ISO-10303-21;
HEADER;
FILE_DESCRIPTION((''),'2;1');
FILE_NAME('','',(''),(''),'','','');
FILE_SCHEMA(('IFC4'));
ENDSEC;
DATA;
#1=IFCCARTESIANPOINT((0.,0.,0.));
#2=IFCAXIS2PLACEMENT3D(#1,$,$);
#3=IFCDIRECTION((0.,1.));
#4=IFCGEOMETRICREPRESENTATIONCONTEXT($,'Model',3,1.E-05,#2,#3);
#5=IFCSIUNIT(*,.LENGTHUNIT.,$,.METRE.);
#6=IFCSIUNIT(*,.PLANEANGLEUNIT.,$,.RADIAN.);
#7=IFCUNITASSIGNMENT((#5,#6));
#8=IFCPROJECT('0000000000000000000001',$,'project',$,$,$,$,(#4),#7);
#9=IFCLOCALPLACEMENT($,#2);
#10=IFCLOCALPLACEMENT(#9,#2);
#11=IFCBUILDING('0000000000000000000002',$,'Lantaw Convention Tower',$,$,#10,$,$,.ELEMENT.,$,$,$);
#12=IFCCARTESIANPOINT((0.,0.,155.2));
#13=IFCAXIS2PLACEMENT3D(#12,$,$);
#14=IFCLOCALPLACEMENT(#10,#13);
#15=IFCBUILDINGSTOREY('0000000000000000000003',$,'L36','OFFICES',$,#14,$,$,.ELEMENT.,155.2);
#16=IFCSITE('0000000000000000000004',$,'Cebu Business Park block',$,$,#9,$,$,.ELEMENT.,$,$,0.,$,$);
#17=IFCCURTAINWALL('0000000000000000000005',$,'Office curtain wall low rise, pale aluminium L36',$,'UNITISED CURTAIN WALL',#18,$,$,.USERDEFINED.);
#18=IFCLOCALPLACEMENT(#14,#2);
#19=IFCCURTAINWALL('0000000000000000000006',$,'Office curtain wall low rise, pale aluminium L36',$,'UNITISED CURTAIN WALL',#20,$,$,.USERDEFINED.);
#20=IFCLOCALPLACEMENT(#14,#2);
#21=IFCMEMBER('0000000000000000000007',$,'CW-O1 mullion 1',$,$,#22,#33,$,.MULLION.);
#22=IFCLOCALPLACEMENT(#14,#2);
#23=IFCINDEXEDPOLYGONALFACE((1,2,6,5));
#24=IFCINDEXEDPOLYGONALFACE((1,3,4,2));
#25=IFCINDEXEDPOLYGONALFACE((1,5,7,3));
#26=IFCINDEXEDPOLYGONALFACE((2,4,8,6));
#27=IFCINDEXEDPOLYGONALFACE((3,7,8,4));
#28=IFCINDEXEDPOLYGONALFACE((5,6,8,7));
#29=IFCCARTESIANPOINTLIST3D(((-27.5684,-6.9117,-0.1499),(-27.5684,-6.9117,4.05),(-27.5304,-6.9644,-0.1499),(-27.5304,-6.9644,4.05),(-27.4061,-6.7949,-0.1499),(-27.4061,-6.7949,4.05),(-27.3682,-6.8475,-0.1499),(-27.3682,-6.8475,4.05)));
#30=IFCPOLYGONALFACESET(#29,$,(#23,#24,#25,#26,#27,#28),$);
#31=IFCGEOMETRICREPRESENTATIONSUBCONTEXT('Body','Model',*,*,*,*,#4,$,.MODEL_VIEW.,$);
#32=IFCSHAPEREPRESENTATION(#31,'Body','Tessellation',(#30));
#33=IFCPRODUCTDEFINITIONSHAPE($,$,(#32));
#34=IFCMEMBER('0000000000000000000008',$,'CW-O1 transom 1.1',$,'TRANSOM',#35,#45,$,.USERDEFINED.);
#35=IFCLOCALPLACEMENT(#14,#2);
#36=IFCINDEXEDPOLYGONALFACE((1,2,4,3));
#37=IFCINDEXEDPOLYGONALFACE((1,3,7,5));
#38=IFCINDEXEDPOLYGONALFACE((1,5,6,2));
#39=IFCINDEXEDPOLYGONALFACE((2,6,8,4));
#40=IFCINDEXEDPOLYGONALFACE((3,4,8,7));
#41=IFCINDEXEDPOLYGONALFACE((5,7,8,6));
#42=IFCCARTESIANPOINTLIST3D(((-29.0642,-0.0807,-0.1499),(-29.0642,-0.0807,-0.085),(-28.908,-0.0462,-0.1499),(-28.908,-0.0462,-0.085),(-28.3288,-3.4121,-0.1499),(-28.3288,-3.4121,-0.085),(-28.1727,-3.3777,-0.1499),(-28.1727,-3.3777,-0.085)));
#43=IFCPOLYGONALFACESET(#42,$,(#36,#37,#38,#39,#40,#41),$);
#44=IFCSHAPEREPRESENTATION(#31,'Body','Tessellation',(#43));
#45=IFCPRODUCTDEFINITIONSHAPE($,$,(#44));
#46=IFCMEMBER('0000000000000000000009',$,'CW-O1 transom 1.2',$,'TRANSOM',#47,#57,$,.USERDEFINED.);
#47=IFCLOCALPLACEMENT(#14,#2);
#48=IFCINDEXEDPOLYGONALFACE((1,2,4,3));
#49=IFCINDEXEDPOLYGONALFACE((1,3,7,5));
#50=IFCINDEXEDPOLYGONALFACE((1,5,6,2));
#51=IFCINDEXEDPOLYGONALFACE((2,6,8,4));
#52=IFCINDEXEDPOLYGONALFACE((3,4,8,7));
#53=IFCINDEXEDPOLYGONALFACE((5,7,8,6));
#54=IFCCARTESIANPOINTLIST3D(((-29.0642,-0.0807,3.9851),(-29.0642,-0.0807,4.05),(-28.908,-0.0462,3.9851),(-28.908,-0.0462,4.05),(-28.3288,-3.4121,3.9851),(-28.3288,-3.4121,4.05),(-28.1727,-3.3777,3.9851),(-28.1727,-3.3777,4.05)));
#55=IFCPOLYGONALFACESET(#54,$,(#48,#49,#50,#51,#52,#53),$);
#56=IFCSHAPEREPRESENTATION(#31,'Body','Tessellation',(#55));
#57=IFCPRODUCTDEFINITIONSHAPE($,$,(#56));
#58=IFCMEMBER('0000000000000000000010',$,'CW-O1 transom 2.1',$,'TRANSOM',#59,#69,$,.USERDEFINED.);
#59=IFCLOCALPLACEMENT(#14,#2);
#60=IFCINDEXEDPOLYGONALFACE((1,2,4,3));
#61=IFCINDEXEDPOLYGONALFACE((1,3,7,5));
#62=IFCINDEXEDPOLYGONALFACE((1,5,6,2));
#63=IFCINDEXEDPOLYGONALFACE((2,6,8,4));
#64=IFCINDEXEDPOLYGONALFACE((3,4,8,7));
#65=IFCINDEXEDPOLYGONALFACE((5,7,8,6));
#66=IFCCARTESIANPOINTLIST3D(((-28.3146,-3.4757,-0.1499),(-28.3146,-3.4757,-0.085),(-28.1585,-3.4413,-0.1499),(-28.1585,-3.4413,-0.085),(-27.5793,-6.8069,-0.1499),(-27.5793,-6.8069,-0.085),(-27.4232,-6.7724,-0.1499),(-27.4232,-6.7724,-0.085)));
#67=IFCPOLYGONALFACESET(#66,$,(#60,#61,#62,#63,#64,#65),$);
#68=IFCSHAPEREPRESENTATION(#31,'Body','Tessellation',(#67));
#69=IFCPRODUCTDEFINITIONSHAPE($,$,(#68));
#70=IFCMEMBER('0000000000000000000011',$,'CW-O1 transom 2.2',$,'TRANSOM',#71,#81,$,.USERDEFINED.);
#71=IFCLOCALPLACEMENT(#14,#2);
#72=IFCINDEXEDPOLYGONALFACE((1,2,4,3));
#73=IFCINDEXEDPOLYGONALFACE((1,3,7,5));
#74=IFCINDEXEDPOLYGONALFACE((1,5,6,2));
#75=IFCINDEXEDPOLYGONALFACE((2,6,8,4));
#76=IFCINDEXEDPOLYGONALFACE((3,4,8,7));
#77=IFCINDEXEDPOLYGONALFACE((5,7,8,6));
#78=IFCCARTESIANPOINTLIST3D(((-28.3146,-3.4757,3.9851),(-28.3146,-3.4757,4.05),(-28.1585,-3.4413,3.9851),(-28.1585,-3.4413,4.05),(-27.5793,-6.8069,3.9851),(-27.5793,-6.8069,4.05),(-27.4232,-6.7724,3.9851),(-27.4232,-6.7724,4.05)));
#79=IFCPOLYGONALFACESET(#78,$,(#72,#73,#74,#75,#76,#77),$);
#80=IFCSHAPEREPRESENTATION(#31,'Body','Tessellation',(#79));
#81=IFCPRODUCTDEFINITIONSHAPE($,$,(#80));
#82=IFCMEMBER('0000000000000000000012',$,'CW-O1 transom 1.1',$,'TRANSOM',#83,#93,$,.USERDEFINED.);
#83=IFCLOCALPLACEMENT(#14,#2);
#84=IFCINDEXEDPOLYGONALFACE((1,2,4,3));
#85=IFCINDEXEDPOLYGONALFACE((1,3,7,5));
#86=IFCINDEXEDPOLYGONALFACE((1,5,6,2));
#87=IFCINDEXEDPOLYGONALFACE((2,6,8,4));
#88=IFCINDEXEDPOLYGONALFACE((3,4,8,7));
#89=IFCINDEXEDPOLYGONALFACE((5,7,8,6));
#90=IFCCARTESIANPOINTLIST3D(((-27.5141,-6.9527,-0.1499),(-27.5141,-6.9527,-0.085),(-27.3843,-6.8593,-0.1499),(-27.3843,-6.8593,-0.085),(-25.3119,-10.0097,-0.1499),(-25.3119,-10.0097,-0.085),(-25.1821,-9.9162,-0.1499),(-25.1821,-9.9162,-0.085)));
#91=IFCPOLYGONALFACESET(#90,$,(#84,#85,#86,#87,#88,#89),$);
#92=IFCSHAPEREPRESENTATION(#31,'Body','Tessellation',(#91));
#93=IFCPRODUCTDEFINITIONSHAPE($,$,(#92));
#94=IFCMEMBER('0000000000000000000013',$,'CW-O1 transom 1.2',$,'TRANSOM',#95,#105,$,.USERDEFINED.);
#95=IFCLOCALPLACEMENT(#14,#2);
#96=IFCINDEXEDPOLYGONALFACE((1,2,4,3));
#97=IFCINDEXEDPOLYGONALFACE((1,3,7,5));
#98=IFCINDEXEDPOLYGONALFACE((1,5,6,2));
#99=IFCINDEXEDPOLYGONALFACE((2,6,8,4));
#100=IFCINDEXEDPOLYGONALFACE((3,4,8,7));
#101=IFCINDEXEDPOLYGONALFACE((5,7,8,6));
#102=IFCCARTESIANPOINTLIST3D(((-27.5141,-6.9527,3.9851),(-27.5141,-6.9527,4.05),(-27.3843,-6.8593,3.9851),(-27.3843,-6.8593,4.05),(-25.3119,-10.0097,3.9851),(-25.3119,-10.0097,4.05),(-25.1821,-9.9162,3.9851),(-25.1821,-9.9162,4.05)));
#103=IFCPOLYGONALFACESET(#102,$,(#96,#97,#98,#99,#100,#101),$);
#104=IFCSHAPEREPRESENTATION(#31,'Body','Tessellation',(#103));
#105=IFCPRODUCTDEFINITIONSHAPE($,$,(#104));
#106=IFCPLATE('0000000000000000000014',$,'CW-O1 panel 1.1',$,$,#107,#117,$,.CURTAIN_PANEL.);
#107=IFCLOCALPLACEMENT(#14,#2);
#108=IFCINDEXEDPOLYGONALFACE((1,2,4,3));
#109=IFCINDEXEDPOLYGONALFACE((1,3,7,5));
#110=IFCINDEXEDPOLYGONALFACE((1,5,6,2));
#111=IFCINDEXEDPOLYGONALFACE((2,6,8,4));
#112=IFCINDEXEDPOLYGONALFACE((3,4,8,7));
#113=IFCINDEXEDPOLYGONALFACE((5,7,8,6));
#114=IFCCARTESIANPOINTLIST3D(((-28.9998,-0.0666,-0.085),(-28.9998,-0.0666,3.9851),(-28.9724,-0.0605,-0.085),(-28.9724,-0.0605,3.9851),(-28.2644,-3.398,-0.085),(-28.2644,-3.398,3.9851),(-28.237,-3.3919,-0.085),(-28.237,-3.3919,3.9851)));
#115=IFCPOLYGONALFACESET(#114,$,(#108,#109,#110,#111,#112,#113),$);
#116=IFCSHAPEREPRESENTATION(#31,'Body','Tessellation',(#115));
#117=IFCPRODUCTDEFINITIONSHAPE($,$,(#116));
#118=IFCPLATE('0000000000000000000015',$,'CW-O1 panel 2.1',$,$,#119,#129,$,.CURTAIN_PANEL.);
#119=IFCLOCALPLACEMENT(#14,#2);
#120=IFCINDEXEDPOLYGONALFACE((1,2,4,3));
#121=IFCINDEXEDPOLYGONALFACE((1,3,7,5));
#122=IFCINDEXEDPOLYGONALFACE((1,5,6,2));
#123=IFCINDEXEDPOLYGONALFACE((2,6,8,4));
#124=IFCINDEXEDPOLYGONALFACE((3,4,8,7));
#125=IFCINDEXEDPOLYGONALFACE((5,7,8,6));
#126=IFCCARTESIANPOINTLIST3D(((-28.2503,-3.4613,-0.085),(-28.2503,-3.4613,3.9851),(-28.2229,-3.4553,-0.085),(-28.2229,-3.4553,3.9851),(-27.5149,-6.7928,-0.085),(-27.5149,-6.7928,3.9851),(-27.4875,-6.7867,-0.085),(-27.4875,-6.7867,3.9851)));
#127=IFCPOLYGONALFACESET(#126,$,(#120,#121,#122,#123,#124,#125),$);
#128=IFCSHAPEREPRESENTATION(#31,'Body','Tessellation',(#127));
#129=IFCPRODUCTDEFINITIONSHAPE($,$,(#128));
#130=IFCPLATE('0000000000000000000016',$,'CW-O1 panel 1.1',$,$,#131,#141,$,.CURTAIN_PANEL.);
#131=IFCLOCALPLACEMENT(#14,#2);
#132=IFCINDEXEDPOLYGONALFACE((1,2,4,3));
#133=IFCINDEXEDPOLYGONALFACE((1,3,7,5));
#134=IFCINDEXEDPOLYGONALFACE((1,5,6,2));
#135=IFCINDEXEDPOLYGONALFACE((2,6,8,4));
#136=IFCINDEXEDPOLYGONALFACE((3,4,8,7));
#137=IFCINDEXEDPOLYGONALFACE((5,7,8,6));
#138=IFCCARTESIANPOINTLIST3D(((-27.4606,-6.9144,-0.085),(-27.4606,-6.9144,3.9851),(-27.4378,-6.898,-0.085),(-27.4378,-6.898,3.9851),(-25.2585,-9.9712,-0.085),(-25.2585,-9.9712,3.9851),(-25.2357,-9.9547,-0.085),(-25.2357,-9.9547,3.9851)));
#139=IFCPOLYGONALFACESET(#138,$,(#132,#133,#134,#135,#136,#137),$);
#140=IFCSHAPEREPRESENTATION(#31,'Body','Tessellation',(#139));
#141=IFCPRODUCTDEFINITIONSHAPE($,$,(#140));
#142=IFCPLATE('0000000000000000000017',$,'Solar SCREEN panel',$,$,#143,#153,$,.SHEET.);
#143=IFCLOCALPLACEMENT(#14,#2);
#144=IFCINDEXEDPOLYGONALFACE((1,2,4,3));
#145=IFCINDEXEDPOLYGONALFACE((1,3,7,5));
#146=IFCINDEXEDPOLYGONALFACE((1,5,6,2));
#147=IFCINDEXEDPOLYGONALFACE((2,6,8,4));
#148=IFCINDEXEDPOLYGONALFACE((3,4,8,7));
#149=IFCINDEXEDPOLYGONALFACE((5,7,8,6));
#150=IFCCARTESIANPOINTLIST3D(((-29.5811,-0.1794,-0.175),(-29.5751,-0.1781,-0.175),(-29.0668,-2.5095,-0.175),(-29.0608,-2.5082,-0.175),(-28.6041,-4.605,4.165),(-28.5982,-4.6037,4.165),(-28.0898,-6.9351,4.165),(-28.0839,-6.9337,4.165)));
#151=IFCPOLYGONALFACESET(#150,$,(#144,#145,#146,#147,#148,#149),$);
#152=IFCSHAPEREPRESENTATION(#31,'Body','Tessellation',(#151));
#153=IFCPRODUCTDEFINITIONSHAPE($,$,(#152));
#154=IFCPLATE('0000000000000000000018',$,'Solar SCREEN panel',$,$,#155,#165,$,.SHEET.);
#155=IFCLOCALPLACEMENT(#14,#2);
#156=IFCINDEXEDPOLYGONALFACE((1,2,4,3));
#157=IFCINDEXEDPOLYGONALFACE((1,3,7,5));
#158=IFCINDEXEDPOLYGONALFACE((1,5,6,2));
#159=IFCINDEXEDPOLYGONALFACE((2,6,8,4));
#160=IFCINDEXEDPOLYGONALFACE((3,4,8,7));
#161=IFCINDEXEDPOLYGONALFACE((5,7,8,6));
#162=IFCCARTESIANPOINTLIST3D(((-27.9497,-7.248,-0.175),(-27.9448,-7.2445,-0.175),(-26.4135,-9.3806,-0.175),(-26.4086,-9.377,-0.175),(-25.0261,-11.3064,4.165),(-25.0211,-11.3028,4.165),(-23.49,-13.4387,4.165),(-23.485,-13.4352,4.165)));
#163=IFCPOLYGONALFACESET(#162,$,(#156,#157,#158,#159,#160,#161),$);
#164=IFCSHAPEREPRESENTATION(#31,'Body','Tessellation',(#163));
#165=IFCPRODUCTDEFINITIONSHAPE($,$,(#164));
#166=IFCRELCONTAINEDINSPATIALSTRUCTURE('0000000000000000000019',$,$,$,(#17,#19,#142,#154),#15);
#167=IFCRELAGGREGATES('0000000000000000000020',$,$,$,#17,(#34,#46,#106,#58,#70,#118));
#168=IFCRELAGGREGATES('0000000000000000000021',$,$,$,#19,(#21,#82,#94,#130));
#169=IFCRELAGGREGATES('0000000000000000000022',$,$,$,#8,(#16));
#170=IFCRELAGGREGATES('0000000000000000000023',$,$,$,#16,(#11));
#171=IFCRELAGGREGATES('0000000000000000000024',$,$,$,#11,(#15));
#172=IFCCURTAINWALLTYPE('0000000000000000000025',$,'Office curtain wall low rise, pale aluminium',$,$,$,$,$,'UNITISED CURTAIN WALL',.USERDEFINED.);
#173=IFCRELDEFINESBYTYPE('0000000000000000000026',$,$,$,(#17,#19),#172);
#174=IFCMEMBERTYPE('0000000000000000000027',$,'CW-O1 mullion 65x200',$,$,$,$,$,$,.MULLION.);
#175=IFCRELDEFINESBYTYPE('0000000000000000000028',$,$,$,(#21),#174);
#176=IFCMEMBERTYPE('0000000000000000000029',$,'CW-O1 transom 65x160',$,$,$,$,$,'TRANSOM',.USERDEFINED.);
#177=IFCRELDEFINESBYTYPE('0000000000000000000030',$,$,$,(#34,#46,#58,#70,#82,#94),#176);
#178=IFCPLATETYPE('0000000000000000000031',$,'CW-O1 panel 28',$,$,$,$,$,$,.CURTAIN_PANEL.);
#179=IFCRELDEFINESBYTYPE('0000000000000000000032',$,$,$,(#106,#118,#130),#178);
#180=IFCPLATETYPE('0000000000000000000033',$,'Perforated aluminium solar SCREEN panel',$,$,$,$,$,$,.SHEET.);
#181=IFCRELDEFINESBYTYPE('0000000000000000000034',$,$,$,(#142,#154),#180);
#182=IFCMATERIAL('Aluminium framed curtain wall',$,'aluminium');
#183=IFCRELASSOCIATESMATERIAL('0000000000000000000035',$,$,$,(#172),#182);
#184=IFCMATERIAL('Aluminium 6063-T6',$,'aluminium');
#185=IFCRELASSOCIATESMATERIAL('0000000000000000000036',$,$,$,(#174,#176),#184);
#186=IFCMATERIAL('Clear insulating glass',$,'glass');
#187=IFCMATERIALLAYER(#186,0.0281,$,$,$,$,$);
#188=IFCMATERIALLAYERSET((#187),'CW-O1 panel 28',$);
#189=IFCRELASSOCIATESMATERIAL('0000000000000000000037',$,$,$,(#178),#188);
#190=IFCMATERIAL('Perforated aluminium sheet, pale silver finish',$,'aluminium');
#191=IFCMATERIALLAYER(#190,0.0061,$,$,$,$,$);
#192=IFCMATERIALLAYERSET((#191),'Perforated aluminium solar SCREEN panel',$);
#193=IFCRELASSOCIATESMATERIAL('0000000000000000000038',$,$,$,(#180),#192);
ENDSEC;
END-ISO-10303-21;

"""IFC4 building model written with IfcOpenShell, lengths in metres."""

from ifc_helpers import new_model, si_unit, direction, frame, origin, origin_2d, place, context, subcontext, project, spatial, polyline, rectangle, outline, extrude, material, layer, layer_set, material_profile, profile_set, type_object, element, aggregate, save


model = new_model("IFC4")

# Units and contexts
model_context = context("Model", 3, precision=1e-05, world=origin(), true_north=direction((0.0, 1.0)))
body_context = subcontext(model_context, "Body", "Model", "MODEL_VIEW")
ifc_project = project(units=[si_unit("LENGTHUNIT", "METRE"), si_unit("PLANEANGLEUNIT", "RADIAN")], contexts=[model_context])

# Site, building, storey
site_placement = place(None, origin())
site = spatial("IfcSite", under=ifc_project, at=site_placement, Name="Cebu Business Park block", CompositionType="ELEMENT", RefElevation=0.0)
building_placement = place(site_placement, origin())
building = spatial("IfcBuilding", under=site, at=building_placement, Name="Lantaw Convention Tower", CompositionType="ELEMENT")
storey_placement = place(building_placement, frame((0.0, 0.0, 155.2)))
storey = spatial("IfcBuildingStorey", under=building, at=storey_placement, Name="L36", Description="OFFICES", CompositionType="ELEMENT", Elevation=155.2)

# Curtain wall
ifc_material_1 = material(Name="Aluminium framed curtain wall", Category="aluminium")
curtain_wall_type = type_object("IfcCurtainWallType", Name="Office curtain wall low rise, pale aluminium", ElementType="UNITISED CURTAIN WALL", PredefinedType="USERDEFINED", material=ifc_material_1)
curtain_wall_1_placement = place(storey_placement, origin())
curtain_wall_1 = element("IfcCurtainWall", 1, at=curtain_wall_1_placement, inside=storey, type_object=curtain_wall_type, Name="Office curtain wall low rise, pale aluminium L36", ObjectType="UNITISED CURTAIN WALL", PredefinedType="USERDEFINED")
ifc_material_2 = material(Name="Aluminium 6063-T6", Category="aluminium")
ifc_material_profile_1 = material_profile(ifc_material_2, rectangle(XDim=0.2, YDim=0.0649, at=origin_2d()), Name="CW-O1 mullion 65x200")
ifc_profile_set_1 = profile_set([ifc_material_profile_1], Name="Aluminium 6063-T6")
member_type_1 = type_object("IfcMemberType", Name="CW-O1 mullion 65x200", PredefinedType="MULLION", material=ifc_profile_set_1)

# Curtain wall, member
curtain_wall_2_placement = place(storey_placement, origin())
curtain_wall_2 = element("IfcCurtainWall", 2, at=curtain_wall_2_placement, inside=storey, type_object=curtain_wall_type, Name="Office curtain wall low rise, pale aluminium L36", ObjectType="UNITISED CURTAIN WALL", PredefinedType="USERDEFINED")
member_1_placement = place(storey_placement, frame((-27.4683, -6.8796, -0.1499), z_axis=(0.0, 0.0, 1.0), x_axis=(0.811385, 0.584513, 0.0)))
member_1 = element("IfcMember", 3, at=member_1_placement, type_object=member_type_1, Name="CW-O1 mullion 1", PredefinedType="MULLION", context=body_context, shape_type="SweptSolid", body=[
    extrude(rectangle(XDim=0.2, YDim=0.0649, at=origin_2d()), origin(), (0.0, 0.0, 1.0), 4.2),
])

# Members
ifc_material_profile_2 = material_profile(ifc_material_2, rectangle(XDim=0.1599, YDim=0.0649, at=origin_2d()), Name="CW-O1 transom 65x160")
ifc_profile_set_2 = profile_set([ifc_material_profile_2], Name="Aluminium 6063-T6")
member_type_2 = type_object("IfcMemberType", Name="CW-O1 transom 65x160", ElementType="TRANSOM", PredefinedType="USERDEFINED", material=ifc_profile_set_2)
member_2_placement = place(storey_placement, frame((-28.9861, -0.0635, -0.1174), z_axis=(0.215536, -0.976496, 0.0), x_axis=(0.976496, 0.215536, 0.0)))
member_2 = element("IfcMember", 4, at=member_2_placement, type_object=member_type_2, Name="CW-O1 transom 1.1", ObjectType="TRANSOM", PredefinedType="USERDEFINED", context=body_context, shape_type="SweptSolid", body=[
    extrude(rectangle(XDim=0.1599, YDim=0.0649, at=origin_2d()), origin(), (0.0, 0.0, 1.0), 3.4116),
])
member_3_placement = place(storey_placement, frame((-28.9861, -0.0635, 4.0176), z_axis=(0.215536, -0.976496, 0.0), x_axis=(0.976496, 0.215536, 0.0)))
member_3 = element("IfcMember", 5, at=member_3_placement, type_object=member_type_2, Name="CW-O1 transom 1.2", ObjectType="TRANSOM", PredefinedType="USERDEFINED", context=body_context, shape_type="SweptSolid", body=[
    extrude(rectangle(XDim=0.1599, YDim=0.0649, at=origin_2d()), origin(), (0.0, 0.0, 1.0), 3.4116),
])
member_4_placement = place(storey_placement, frame((-28.2366, -3.4585, -0.1174), z_axis=(0.215551, -0.976493, 0.0), x_axis=(0.976493, 0.215551, 0.0)))
member_4 = element("IfcMember", 6, at=member_4_placement, type_object=member_type_2, Name="CW-O1 transom 2.1", ObjectType="TRANSOM", PredefinedType="USERDEFINED", context=body_context, shape_type="SweptSolid", body=[
    extrude(rectangle(XDim=0.1599, YDim=0.0649, at=origin_2d()), origin(), (0.0, 0.0, 1.0), 3.4114),
])
member_5_placement = place(storey_placement, frame((-28.2366, -3.4585, 4.0176), z_axis=(0.215551, -0.976493, 0.0), x_axis=(0.976493, 0.215551, 0.0)))
member_5 = element("IfcMember", 7, at=member_5_placement, type_object=member_type_2, Name="CW-O1 transom 2.2", ObjectType="TRANSOM", PredefinedType="USERDEFINED", context=body_context, shape_type="SweptSolid", body=[
    extrude(rectangle(XDim=0.1599, YDim=0.0649, at=origin_2d()), origin(), (0.0, 0.0, 1.0), 3.4114),
])
member_6_placement = place(storey_placement, frame((-27.4492, -6.906, -0.1174), z_axis=(0.584513, -0.811384, 0.0), x_axis=(0.811384, 0.584513, 0.0)))
member_6 = element("IfcMember", 8, at=member_6_placement, type_object=member_type_2, Name="CW-O1 transom 1.1", ObjectType="TRANSOM", PredefinedType="USERDEFINED", context=body_context, shape_type="SweptSolid", body=[
    extrude(rectangle(XDim=0.1599, YDim=0.0649, at=origin_2d()), origin(), (0.0, 0.0, 1.0), 3.7676),
])
member_7_placement = place(storey_placement, frame((-27.4492, -6.906, 4.0176), z_axis=(0.584513, -0.811384, 0.0), x_axis=(0.811384, 0.584513, 0.0)))
member_7 = element("IfcMember", 9, at=member_7_placement, type_object=member_type_2, Name="CW-O1 transom 1.2", ObjectType="TRANSOM", PredefinedType="USERDEFINED", context=body_context, shape_type="SweptSolid", body=[
    extrude(rectangle(XDim=0.1599, YDim=0.0649, at=origin_2d()), origin(), (0.0, 0.0, 1.0), 3.7676),
])

# Plates
ifc_material_3 = material(Name="Clear insulating glass", Category="glass")
ifc_layer_1 = layer(ifc_material_3, 0.0281)
ifc_layer_set_1 = layer_set([ifc_layer_1], Name="CW-O1 panel 28")
plate_type_1 = type_object("IfcPlateType", Name="CW-O1 panel 28", PredefinedType="CURTAIN_PANEL", material=ifc_layer_set_1)
plate_1_placement = place(storey_placement, frame((-28.6184, -1.7292, -0.085), z_axis=(0.0, 0.0, 1.0), x_axis=(0.215546, -0.976494, 0.0)))
plate_1 = element("IfcPlate", 10, at=plate_1_placement, type_object=plate_type_1, Name="CW-O1 panel 1.1", PredefinedType="CURTAIN_PANEL", context=body_context, shape_type="SweptSolid", body=[
    extrude(rectangle(XDim=3.4116, YDim=0.0281, at=origin_2d()), origin(), (0.0, 0.0, 1.0), 4.0701),
])
plate_2_placement = place(storey_placement, frame((-27.8689, -5.124, -0.085), z_axis=(0.0, 0.0, 1.0), x_axis=(0.215546, -0.976494, 0.0)))
plate_2 = element("IfcPlate", 11, at=plate_2_placement, type_object=plate_type_1, Name="CW-O1 panel 2.1", PredefinedType="CURTAIN_PANEL", context=body_context, shape_type="SweptSolid", body=[
    extrude(rectangle(XDim=3.4116, YDim=0.0281, at=origin_2d()), origin(), (0.0, 0.0, 1.0), 4.0701),
])
aggregate(curtain_wall_1, [member_2, member_3, plate_1, member_4, member_5, plate_2])
plate_3_placement = place(storey_placement, frame((-26.3481, -8.4346, -0.085), z_axis=(0.0, 0.0, 1.0), x_axis=(0.584513, -0.811385, 0.0)))
plate_3 = element("IfcPlate", 12, at=plate_3_placement, type_object=plate_type_1, Name="CW-O1 panel 1.1", PredefinedType="CURTAIN_PANEL", context=body_context, shape_type="SweptSolid", body=[
    extrude(rectangle(XDim=3.7673, YDim=0.0281, at=origin_2d()), origin(), (0.0, 0.0, 1.0), 4.0701),
])
aggregate(curtain_wall_2, [member_1, member_6, member_7, plate_3])

# Plates
ifc_material_4 = material(Name="Perforated aluminium sheet, pale silver finish", Category="aluminium")
ifc_layer_2 = layer(ifc_material_4, 0.0061)
ifc_layer_set_2 = layer_set([ifc_layer_2], Name="Perforated aluminium solar SCREEN panel")
plate_type_2 = type_object("IfcPlateType", Name="Perforated aluminium solar SCREEN panel", PredefinedType="SHEET", material=ifc_layer_set_2)
plate_4_placement = place(storey_placement, frame((-29.5811, -0.1794, -0.175), z_axis=(-0.976498, -0.215527, 0.000033), x_axis=(0.215527, -0.976498, 0.0)))
element("IfcPlate", 13, at=plate_4_placement, inside=storey, type_object=plate_type_2, Name="Solar SCREEN panel", PredefinedType="SHEET", context=body_context, shape_type="SweptSolid", body=[
    extrude(outline(polyline([(0.0, 0.0), (2.3862, 0.0), (6.9182, 4.3401), (4.5321, 4.3401), (0.0, 0.0)])), origin(), (0.0, 0.0, -1.0), 0.0061),
])
plate_5_placement = place(storey_placement, frame((-27.9497, -7.248, -0.175), z_axis=(-0.811395, -0.584498, 0.000036), x_axis=(0.584498, -0.811395, 0.0)))
element("IfcPlate", 14, at=plate_5_placement, inside=storey, type_object=plate_type_2, Name="Solar SCREEN panel", PredefinedType="SHEET", context=body_context, shape_type="SweptSolid", body=[
    extrude(outline(polyline([(0.0, 0.0), (2.6282, 0.0), (7.6298, 4.3401), (5.0018, 4.3401), (0.0, 0.0)])), origin(), (0.0, 0.0, -1.0), 0.0061),
])

save(model, "model.ifc")
